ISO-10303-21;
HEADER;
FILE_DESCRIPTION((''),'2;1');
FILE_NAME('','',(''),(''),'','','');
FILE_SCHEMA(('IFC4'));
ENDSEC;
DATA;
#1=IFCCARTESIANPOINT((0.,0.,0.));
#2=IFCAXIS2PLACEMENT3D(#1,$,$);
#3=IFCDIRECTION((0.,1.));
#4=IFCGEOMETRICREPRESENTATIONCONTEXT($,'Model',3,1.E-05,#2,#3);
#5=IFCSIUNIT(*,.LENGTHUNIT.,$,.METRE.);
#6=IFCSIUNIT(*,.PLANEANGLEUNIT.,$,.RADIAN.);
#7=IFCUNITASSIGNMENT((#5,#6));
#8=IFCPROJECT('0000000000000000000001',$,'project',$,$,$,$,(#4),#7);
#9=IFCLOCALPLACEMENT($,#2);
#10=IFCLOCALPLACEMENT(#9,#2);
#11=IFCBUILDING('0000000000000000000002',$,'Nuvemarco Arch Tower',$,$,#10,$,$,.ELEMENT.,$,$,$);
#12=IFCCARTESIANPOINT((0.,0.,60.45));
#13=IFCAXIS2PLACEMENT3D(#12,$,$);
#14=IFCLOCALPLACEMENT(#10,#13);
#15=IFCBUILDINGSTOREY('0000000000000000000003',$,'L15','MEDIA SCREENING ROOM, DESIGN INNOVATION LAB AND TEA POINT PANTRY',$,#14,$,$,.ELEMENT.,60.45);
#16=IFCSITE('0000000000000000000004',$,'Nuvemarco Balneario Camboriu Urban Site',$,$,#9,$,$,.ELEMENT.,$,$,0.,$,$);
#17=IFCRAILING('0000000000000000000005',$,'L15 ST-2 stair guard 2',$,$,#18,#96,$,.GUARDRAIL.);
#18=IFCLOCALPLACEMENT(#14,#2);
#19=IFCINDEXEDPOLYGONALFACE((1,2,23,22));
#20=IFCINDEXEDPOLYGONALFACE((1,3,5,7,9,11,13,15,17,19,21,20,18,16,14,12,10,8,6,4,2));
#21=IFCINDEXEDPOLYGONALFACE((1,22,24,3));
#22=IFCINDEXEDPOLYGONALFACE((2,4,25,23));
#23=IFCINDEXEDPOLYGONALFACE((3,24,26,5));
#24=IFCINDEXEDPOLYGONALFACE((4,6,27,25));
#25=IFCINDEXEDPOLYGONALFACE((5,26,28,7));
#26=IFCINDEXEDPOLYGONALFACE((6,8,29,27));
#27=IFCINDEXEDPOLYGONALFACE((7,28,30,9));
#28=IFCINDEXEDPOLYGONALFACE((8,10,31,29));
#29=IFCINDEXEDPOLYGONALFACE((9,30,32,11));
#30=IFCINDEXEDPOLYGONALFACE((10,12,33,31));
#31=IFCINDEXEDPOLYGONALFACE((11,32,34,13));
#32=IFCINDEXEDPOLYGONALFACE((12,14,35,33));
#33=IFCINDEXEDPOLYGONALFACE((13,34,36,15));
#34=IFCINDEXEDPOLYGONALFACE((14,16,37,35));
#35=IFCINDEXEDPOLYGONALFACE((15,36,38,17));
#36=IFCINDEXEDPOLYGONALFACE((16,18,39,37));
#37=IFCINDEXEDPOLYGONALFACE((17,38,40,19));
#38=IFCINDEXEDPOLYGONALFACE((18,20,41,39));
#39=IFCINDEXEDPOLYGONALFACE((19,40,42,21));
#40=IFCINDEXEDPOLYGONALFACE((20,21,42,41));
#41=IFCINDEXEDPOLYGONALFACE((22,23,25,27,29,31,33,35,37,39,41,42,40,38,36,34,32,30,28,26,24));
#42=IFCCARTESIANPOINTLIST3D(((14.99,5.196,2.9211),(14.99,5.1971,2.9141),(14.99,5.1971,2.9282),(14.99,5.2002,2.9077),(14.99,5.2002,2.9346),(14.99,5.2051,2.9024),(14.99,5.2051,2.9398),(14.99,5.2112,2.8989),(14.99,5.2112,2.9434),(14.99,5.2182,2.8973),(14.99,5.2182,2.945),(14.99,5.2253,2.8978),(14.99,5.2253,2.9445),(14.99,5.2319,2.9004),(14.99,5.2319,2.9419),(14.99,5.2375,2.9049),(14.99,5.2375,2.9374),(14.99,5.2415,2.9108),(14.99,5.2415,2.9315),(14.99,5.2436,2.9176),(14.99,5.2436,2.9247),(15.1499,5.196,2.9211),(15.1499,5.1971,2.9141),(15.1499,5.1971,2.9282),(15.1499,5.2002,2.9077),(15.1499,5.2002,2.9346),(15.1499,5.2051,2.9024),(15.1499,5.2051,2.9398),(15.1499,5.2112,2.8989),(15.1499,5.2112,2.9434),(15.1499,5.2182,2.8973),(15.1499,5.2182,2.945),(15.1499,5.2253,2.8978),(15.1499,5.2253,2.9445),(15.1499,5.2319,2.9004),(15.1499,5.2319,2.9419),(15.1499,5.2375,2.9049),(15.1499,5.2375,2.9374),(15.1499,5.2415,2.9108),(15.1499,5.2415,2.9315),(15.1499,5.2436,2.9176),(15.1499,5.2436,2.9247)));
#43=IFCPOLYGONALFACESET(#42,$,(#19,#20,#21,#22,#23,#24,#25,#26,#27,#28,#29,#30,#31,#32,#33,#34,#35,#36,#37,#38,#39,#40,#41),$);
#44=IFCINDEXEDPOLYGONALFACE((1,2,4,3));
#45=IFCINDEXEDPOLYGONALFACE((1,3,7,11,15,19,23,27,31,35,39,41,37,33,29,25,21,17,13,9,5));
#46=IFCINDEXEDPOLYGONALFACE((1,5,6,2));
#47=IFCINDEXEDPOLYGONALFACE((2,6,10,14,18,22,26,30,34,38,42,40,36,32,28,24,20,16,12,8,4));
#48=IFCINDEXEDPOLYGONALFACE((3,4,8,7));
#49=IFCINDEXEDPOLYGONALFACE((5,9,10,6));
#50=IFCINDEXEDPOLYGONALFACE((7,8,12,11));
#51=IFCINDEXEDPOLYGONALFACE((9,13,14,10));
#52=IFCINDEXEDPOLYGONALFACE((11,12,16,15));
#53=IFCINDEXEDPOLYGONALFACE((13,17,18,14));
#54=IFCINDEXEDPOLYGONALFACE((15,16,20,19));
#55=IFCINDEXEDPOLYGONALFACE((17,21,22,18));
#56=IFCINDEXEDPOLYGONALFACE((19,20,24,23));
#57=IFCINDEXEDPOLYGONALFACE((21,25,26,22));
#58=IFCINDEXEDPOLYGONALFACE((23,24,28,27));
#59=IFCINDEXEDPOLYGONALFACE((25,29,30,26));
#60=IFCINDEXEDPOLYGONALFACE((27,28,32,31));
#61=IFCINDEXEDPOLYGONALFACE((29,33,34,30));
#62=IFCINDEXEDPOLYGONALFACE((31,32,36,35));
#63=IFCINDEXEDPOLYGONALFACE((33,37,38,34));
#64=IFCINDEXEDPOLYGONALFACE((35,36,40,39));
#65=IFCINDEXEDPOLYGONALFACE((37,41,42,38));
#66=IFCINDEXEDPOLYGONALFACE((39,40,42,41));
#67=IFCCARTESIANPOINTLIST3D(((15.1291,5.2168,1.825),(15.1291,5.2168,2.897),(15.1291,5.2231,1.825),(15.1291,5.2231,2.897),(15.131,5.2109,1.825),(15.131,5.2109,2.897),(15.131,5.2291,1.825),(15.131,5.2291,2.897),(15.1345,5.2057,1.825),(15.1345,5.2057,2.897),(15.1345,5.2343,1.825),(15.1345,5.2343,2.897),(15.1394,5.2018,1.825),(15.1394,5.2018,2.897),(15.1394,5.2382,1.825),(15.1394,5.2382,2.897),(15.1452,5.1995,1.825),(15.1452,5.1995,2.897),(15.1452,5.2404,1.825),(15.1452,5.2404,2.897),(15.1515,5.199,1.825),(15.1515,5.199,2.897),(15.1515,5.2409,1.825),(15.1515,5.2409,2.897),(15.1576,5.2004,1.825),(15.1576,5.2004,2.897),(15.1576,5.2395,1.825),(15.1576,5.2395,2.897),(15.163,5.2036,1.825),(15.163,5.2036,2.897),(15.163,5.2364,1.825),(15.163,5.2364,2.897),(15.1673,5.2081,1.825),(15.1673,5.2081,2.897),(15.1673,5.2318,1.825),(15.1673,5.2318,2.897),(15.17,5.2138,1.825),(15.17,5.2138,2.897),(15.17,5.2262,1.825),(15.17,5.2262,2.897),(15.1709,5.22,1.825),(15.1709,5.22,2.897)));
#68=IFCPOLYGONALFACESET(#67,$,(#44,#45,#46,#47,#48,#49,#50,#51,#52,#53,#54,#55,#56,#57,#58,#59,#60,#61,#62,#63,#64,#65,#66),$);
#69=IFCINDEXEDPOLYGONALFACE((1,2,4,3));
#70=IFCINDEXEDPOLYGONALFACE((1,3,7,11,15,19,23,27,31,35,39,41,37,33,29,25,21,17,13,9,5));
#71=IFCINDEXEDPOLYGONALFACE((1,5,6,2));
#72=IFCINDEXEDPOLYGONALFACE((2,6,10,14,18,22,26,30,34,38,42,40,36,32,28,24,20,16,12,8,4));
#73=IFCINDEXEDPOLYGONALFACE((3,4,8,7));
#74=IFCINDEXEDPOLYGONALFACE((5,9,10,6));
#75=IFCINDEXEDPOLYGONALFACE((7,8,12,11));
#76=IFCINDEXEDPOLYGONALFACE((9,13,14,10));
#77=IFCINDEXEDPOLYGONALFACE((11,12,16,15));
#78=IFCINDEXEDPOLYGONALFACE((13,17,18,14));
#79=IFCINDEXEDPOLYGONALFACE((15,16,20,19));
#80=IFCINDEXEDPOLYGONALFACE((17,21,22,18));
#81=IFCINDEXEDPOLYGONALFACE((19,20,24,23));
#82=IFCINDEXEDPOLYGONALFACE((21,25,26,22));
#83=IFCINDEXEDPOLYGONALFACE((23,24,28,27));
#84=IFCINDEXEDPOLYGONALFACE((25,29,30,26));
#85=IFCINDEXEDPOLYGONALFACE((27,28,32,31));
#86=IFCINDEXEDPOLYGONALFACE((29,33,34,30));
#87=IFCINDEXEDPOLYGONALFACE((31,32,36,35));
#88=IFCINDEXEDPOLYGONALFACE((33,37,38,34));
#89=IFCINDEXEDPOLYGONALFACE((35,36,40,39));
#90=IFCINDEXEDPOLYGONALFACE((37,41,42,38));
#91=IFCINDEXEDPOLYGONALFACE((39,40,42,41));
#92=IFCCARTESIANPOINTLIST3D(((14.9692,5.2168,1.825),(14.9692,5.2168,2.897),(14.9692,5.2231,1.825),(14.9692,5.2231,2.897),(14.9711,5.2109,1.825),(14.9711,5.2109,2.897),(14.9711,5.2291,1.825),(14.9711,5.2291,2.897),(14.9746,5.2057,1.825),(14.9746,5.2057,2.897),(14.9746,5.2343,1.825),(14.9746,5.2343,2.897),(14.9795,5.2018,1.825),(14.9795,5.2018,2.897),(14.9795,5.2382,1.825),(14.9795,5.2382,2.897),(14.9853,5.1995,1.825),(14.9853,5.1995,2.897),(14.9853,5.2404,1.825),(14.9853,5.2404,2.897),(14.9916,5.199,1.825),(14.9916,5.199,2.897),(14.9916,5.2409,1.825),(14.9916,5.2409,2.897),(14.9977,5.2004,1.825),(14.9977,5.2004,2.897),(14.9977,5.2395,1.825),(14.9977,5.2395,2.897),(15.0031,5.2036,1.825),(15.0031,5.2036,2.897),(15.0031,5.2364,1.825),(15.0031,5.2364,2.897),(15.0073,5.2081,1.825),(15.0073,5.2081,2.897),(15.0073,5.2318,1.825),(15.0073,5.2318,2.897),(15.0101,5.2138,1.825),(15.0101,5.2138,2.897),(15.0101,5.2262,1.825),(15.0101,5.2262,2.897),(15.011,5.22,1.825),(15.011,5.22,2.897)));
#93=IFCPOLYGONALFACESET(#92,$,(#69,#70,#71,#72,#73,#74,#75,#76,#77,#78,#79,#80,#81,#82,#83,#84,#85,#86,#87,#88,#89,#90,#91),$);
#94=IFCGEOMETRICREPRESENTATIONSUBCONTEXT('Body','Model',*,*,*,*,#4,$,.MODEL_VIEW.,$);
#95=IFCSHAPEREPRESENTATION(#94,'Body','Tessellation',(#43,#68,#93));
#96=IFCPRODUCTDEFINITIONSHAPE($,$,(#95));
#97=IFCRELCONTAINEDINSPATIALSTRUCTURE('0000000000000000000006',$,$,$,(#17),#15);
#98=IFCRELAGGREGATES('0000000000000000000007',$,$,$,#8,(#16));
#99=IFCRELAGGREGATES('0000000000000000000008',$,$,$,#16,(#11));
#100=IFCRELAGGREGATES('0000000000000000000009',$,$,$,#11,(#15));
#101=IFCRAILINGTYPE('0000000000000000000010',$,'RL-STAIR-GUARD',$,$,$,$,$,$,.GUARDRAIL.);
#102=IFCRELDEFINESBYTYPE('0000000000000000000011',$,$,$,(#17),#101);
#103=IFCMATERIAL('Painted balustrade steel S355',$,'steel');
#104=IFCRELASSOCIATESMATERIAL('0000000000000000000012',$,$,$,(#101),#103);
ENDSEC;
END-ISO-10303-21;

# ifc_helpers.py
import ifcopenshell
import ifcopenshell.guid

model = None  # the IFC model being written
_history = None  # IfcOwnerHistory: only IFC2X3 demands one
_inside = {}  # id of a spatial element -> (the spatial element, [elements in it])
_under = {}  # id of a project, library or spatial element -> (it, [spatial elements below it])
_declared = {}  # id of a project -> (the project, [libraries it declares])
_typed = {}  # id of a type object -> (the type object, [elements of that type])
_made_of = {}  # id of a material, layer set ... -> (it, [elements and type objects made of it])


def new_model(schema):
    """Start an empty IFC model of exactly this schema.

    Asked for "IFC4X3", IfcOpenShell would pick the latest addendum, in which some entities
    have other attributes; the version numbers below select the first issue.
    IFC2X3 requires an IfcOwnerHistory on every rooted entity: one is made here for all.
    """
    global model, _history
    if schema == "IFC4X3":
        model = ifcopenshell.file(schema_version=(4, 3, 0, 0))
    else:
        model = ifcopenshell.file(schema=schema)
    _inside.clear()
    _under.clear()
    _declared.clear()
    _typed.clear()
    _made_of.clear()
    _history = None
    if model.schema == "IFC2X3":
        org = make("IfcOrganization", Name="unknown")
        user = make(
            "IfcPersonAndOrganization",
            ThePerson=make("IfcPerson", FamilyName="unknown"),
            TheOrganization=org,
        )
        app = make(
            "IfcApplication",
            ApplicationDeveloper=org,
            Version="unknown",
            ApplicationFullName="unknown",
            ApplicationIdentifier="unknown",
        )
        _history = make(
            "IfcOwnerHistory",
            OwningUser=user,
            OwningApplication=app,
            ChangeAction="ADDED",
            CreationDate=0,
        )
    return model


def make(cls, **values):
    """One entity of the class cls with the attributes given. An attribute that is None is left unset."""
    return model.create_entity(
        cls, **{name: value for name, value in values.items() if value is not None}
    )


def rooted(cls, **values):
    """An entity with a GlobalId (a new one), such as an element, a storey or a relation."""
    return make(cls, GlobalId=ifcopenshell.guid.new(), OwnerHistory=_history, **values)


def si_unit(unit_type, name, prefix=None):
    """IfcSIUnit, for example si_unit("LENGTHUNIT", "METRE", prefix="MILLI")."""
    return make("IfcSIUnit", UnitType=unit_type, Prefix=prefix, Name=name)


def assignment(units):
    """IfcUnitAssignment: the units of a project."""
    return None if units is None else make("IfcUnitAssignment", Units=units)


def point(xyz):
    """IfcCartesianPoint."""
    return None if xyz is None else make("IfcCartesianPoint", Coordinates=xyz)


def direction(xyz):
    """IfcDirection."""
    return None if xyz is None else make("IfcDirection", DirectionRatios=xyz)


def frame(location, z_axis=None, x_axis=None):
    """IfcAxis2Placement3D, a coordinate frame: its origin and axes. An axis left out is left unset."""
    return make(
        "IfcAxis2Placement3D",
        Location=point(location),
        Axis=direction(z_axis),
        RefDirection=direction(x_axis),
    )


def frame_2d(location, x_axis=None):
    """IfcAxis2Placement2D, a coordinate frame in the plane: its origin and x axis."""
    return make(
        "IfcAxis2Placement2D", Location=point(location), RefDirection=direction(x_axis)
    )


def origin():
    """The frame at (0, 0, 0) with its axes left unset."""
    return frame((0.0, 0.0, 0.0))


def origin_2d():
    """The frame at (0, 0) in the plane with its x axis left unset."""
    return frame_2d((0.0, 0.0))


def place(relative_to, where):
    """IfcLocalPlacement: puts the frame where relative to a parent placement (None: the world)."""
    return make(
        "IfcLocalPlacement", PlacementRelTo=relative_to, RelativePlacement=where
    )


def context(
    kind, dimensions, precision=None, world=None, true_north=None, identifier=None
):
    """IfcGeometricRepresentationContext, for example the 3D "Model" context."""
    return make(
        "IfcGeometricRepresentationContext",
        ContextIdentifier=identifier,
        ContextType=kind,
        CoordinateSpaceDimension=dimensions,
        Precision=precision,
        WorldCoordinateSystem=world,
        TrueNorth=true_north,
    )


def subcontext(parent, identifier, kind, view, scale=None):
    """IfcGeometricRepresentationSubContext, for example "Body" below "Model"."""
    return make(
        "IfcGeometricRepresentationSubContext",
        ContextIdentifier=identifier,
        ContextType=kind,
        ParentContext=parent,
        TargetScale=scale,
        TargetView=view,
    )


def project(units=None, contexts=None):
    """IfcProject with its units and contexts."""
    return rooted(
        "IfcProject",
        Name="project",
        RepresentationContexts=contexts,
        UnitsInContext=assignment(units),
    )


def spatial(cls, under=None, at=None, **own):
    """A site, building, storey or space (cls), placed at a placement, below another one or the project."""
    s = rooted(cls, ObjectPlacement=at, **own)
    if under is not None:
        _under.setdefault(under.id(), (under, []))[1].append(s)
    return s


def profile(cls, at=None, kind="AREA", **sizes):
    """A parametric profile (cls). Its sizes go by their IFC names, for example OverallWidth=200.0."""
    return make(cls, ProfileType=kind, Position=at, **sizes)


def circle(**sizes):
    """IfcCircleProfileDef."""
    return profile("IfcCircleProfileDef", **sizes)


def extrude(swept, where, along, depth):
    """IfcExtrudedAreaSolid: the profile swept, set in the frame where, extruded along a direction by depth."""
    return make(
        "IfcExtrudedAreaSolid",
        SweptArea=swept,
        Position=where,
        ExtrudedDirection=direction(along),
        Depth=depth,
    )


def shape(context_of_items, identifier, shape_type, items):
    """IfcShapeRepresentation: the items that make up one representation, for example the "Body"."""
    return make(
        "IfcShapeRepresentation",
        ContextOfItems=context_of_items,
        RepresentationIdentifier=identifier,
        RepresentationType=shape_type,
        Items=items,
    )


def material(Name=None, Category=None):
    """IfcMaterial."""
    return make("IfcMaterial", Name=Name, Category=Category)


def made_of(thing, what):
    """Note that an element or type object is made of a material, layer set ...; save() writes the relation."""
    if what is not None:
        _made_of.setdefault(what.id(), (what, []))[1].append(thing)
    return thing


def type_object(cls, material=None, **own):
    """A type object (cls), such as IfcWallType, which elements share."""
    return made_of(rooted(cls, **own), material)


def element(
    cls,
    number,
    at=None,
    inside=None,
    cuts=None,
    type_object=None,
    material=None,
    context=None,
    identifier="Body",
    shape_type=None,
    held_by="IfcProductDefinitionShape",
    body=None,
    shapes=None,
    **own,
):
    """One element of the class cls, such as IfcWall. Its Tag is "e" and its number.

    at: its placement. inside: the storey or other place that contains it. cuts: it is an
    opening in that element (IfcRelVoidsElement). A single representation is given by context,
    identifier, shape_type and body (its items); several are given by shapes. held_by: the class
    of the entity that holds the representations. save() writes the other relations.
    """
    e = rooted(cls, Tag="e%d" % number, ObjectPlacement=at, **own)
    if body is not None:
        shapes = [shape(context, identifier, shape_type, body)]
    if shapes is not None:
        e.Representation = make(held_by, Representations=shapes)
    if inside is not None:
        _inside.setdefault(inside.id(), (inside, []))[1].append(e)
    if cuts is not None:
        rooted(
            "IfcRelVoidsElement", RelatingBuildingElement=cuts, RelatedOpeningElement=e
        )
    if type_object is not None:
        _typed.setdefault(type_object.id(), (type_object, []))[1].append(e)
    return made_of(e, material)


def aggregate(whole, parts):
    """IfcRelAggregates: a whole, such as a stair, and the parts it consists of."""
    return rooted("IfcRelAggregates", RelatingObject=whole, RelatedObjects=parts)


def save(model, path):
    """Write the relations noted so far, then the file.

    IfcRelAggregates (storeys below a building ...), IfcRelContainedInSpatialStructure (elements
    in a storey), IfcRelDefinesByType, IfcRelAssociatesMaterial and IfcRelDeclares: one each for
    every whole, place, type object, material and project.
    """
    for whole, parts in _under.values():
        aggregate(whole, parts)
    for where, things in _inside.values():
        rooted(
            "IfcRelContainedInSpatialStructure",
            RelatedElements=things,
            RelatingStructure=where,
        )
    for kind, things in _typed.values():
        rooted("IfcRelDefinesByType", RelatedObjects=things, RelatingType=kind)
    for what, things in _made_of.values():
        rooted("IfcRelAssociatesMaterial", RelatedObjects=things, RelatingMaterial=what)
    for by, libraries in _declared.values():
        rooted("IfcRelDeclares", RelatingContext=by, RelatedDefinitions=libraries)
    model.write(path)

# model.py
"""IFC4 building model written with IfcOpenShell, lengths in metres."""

from ifc_helpers import new_model, si_unit, direction, frame, origin, origin_2d, place, context, subcontext, project, spatial, circle, extrude, material, type_object, element, save


model = new_model("IFC4")

# Units and contexts
model_context = context("Model", 3, precision=1e-05, world=origin(), true_north=direction((0.0, 1.0)))
body_context = subcontext(model_context, "Body", "Model", "MODEL_VIEW")
ifc_project = project(units=[si_unit("LENGTHUNIT", "METRE"), si_unit("PLANEANGLEUNIT", "RADIAN")], contexts=[model_context])

# Site, building, storey
site_placement = place(None, origin())
site = spatial("IfcSite", under=ifc_project, at=site_placement, Name="Nuvemarco Balneario Camboriu Urban Site", CompositionType="ELEMENT", RefElevation=0.0)
building_placement = place(site_placement, origin())
building = spatial("IfcBuilding", under=site, at=building_placement, Name="Nuvemarco Arch Tower", CompositionType="ELEMENT")
storey_placement = place(building_placement, frame((0.0, 0.0, 60.45)))
storey = spatial("IfcBuildingStorey", under=building, at=storey_placement, Name="L15", Description="MEDIA SCREENING ROOM, DESIGN INNOVATION LAB AND TEA POINT PANTRY", CompositionType="ELEMENT", Elevation=60.45)

# Railing
ifc_material_1 = material(Name="Painted balustrade steel S355", Category="steel")
railing_type_1 = type_object("IfcRailingType", Name="RL-STAIR-GUARD", PredefinedType="GUARDRAIL", material=ifc_material_1)
railing_1_placement = place(storey_placement, frame((15.1499, 5.22, 1.825)))
element("IfcRailing", 1, at=railing_1_placement, inside=storey, type_object=railing_type_1, Name="L15 ST-2 stair guard 2", PredefinedType="GUARDRAIL", context=body_context, shape_type="SweptSolid", body=[
    extrude(circle(Radius=0.0239, at=origin_2d()), frame((0.0, 0.0, 1.0962), z_axis=(-1.0, 0.0, 0.0), x_axis=(0.0, -1.0, 0.0)), (0.0, 0.0, 1.0), 0.1599),
    extrude(circle(Radius=0.021, at=origin_2d()), origin(), (0.0, 0.0, 1.0), 1.072),
    extrude(circle(Radius=0.021, at=origin_2d()), frame((-0.1599, 0.0, 0.0)), (0.0, 0.0, 1.0), 1.072),
])

save(model, "model.ifc")
